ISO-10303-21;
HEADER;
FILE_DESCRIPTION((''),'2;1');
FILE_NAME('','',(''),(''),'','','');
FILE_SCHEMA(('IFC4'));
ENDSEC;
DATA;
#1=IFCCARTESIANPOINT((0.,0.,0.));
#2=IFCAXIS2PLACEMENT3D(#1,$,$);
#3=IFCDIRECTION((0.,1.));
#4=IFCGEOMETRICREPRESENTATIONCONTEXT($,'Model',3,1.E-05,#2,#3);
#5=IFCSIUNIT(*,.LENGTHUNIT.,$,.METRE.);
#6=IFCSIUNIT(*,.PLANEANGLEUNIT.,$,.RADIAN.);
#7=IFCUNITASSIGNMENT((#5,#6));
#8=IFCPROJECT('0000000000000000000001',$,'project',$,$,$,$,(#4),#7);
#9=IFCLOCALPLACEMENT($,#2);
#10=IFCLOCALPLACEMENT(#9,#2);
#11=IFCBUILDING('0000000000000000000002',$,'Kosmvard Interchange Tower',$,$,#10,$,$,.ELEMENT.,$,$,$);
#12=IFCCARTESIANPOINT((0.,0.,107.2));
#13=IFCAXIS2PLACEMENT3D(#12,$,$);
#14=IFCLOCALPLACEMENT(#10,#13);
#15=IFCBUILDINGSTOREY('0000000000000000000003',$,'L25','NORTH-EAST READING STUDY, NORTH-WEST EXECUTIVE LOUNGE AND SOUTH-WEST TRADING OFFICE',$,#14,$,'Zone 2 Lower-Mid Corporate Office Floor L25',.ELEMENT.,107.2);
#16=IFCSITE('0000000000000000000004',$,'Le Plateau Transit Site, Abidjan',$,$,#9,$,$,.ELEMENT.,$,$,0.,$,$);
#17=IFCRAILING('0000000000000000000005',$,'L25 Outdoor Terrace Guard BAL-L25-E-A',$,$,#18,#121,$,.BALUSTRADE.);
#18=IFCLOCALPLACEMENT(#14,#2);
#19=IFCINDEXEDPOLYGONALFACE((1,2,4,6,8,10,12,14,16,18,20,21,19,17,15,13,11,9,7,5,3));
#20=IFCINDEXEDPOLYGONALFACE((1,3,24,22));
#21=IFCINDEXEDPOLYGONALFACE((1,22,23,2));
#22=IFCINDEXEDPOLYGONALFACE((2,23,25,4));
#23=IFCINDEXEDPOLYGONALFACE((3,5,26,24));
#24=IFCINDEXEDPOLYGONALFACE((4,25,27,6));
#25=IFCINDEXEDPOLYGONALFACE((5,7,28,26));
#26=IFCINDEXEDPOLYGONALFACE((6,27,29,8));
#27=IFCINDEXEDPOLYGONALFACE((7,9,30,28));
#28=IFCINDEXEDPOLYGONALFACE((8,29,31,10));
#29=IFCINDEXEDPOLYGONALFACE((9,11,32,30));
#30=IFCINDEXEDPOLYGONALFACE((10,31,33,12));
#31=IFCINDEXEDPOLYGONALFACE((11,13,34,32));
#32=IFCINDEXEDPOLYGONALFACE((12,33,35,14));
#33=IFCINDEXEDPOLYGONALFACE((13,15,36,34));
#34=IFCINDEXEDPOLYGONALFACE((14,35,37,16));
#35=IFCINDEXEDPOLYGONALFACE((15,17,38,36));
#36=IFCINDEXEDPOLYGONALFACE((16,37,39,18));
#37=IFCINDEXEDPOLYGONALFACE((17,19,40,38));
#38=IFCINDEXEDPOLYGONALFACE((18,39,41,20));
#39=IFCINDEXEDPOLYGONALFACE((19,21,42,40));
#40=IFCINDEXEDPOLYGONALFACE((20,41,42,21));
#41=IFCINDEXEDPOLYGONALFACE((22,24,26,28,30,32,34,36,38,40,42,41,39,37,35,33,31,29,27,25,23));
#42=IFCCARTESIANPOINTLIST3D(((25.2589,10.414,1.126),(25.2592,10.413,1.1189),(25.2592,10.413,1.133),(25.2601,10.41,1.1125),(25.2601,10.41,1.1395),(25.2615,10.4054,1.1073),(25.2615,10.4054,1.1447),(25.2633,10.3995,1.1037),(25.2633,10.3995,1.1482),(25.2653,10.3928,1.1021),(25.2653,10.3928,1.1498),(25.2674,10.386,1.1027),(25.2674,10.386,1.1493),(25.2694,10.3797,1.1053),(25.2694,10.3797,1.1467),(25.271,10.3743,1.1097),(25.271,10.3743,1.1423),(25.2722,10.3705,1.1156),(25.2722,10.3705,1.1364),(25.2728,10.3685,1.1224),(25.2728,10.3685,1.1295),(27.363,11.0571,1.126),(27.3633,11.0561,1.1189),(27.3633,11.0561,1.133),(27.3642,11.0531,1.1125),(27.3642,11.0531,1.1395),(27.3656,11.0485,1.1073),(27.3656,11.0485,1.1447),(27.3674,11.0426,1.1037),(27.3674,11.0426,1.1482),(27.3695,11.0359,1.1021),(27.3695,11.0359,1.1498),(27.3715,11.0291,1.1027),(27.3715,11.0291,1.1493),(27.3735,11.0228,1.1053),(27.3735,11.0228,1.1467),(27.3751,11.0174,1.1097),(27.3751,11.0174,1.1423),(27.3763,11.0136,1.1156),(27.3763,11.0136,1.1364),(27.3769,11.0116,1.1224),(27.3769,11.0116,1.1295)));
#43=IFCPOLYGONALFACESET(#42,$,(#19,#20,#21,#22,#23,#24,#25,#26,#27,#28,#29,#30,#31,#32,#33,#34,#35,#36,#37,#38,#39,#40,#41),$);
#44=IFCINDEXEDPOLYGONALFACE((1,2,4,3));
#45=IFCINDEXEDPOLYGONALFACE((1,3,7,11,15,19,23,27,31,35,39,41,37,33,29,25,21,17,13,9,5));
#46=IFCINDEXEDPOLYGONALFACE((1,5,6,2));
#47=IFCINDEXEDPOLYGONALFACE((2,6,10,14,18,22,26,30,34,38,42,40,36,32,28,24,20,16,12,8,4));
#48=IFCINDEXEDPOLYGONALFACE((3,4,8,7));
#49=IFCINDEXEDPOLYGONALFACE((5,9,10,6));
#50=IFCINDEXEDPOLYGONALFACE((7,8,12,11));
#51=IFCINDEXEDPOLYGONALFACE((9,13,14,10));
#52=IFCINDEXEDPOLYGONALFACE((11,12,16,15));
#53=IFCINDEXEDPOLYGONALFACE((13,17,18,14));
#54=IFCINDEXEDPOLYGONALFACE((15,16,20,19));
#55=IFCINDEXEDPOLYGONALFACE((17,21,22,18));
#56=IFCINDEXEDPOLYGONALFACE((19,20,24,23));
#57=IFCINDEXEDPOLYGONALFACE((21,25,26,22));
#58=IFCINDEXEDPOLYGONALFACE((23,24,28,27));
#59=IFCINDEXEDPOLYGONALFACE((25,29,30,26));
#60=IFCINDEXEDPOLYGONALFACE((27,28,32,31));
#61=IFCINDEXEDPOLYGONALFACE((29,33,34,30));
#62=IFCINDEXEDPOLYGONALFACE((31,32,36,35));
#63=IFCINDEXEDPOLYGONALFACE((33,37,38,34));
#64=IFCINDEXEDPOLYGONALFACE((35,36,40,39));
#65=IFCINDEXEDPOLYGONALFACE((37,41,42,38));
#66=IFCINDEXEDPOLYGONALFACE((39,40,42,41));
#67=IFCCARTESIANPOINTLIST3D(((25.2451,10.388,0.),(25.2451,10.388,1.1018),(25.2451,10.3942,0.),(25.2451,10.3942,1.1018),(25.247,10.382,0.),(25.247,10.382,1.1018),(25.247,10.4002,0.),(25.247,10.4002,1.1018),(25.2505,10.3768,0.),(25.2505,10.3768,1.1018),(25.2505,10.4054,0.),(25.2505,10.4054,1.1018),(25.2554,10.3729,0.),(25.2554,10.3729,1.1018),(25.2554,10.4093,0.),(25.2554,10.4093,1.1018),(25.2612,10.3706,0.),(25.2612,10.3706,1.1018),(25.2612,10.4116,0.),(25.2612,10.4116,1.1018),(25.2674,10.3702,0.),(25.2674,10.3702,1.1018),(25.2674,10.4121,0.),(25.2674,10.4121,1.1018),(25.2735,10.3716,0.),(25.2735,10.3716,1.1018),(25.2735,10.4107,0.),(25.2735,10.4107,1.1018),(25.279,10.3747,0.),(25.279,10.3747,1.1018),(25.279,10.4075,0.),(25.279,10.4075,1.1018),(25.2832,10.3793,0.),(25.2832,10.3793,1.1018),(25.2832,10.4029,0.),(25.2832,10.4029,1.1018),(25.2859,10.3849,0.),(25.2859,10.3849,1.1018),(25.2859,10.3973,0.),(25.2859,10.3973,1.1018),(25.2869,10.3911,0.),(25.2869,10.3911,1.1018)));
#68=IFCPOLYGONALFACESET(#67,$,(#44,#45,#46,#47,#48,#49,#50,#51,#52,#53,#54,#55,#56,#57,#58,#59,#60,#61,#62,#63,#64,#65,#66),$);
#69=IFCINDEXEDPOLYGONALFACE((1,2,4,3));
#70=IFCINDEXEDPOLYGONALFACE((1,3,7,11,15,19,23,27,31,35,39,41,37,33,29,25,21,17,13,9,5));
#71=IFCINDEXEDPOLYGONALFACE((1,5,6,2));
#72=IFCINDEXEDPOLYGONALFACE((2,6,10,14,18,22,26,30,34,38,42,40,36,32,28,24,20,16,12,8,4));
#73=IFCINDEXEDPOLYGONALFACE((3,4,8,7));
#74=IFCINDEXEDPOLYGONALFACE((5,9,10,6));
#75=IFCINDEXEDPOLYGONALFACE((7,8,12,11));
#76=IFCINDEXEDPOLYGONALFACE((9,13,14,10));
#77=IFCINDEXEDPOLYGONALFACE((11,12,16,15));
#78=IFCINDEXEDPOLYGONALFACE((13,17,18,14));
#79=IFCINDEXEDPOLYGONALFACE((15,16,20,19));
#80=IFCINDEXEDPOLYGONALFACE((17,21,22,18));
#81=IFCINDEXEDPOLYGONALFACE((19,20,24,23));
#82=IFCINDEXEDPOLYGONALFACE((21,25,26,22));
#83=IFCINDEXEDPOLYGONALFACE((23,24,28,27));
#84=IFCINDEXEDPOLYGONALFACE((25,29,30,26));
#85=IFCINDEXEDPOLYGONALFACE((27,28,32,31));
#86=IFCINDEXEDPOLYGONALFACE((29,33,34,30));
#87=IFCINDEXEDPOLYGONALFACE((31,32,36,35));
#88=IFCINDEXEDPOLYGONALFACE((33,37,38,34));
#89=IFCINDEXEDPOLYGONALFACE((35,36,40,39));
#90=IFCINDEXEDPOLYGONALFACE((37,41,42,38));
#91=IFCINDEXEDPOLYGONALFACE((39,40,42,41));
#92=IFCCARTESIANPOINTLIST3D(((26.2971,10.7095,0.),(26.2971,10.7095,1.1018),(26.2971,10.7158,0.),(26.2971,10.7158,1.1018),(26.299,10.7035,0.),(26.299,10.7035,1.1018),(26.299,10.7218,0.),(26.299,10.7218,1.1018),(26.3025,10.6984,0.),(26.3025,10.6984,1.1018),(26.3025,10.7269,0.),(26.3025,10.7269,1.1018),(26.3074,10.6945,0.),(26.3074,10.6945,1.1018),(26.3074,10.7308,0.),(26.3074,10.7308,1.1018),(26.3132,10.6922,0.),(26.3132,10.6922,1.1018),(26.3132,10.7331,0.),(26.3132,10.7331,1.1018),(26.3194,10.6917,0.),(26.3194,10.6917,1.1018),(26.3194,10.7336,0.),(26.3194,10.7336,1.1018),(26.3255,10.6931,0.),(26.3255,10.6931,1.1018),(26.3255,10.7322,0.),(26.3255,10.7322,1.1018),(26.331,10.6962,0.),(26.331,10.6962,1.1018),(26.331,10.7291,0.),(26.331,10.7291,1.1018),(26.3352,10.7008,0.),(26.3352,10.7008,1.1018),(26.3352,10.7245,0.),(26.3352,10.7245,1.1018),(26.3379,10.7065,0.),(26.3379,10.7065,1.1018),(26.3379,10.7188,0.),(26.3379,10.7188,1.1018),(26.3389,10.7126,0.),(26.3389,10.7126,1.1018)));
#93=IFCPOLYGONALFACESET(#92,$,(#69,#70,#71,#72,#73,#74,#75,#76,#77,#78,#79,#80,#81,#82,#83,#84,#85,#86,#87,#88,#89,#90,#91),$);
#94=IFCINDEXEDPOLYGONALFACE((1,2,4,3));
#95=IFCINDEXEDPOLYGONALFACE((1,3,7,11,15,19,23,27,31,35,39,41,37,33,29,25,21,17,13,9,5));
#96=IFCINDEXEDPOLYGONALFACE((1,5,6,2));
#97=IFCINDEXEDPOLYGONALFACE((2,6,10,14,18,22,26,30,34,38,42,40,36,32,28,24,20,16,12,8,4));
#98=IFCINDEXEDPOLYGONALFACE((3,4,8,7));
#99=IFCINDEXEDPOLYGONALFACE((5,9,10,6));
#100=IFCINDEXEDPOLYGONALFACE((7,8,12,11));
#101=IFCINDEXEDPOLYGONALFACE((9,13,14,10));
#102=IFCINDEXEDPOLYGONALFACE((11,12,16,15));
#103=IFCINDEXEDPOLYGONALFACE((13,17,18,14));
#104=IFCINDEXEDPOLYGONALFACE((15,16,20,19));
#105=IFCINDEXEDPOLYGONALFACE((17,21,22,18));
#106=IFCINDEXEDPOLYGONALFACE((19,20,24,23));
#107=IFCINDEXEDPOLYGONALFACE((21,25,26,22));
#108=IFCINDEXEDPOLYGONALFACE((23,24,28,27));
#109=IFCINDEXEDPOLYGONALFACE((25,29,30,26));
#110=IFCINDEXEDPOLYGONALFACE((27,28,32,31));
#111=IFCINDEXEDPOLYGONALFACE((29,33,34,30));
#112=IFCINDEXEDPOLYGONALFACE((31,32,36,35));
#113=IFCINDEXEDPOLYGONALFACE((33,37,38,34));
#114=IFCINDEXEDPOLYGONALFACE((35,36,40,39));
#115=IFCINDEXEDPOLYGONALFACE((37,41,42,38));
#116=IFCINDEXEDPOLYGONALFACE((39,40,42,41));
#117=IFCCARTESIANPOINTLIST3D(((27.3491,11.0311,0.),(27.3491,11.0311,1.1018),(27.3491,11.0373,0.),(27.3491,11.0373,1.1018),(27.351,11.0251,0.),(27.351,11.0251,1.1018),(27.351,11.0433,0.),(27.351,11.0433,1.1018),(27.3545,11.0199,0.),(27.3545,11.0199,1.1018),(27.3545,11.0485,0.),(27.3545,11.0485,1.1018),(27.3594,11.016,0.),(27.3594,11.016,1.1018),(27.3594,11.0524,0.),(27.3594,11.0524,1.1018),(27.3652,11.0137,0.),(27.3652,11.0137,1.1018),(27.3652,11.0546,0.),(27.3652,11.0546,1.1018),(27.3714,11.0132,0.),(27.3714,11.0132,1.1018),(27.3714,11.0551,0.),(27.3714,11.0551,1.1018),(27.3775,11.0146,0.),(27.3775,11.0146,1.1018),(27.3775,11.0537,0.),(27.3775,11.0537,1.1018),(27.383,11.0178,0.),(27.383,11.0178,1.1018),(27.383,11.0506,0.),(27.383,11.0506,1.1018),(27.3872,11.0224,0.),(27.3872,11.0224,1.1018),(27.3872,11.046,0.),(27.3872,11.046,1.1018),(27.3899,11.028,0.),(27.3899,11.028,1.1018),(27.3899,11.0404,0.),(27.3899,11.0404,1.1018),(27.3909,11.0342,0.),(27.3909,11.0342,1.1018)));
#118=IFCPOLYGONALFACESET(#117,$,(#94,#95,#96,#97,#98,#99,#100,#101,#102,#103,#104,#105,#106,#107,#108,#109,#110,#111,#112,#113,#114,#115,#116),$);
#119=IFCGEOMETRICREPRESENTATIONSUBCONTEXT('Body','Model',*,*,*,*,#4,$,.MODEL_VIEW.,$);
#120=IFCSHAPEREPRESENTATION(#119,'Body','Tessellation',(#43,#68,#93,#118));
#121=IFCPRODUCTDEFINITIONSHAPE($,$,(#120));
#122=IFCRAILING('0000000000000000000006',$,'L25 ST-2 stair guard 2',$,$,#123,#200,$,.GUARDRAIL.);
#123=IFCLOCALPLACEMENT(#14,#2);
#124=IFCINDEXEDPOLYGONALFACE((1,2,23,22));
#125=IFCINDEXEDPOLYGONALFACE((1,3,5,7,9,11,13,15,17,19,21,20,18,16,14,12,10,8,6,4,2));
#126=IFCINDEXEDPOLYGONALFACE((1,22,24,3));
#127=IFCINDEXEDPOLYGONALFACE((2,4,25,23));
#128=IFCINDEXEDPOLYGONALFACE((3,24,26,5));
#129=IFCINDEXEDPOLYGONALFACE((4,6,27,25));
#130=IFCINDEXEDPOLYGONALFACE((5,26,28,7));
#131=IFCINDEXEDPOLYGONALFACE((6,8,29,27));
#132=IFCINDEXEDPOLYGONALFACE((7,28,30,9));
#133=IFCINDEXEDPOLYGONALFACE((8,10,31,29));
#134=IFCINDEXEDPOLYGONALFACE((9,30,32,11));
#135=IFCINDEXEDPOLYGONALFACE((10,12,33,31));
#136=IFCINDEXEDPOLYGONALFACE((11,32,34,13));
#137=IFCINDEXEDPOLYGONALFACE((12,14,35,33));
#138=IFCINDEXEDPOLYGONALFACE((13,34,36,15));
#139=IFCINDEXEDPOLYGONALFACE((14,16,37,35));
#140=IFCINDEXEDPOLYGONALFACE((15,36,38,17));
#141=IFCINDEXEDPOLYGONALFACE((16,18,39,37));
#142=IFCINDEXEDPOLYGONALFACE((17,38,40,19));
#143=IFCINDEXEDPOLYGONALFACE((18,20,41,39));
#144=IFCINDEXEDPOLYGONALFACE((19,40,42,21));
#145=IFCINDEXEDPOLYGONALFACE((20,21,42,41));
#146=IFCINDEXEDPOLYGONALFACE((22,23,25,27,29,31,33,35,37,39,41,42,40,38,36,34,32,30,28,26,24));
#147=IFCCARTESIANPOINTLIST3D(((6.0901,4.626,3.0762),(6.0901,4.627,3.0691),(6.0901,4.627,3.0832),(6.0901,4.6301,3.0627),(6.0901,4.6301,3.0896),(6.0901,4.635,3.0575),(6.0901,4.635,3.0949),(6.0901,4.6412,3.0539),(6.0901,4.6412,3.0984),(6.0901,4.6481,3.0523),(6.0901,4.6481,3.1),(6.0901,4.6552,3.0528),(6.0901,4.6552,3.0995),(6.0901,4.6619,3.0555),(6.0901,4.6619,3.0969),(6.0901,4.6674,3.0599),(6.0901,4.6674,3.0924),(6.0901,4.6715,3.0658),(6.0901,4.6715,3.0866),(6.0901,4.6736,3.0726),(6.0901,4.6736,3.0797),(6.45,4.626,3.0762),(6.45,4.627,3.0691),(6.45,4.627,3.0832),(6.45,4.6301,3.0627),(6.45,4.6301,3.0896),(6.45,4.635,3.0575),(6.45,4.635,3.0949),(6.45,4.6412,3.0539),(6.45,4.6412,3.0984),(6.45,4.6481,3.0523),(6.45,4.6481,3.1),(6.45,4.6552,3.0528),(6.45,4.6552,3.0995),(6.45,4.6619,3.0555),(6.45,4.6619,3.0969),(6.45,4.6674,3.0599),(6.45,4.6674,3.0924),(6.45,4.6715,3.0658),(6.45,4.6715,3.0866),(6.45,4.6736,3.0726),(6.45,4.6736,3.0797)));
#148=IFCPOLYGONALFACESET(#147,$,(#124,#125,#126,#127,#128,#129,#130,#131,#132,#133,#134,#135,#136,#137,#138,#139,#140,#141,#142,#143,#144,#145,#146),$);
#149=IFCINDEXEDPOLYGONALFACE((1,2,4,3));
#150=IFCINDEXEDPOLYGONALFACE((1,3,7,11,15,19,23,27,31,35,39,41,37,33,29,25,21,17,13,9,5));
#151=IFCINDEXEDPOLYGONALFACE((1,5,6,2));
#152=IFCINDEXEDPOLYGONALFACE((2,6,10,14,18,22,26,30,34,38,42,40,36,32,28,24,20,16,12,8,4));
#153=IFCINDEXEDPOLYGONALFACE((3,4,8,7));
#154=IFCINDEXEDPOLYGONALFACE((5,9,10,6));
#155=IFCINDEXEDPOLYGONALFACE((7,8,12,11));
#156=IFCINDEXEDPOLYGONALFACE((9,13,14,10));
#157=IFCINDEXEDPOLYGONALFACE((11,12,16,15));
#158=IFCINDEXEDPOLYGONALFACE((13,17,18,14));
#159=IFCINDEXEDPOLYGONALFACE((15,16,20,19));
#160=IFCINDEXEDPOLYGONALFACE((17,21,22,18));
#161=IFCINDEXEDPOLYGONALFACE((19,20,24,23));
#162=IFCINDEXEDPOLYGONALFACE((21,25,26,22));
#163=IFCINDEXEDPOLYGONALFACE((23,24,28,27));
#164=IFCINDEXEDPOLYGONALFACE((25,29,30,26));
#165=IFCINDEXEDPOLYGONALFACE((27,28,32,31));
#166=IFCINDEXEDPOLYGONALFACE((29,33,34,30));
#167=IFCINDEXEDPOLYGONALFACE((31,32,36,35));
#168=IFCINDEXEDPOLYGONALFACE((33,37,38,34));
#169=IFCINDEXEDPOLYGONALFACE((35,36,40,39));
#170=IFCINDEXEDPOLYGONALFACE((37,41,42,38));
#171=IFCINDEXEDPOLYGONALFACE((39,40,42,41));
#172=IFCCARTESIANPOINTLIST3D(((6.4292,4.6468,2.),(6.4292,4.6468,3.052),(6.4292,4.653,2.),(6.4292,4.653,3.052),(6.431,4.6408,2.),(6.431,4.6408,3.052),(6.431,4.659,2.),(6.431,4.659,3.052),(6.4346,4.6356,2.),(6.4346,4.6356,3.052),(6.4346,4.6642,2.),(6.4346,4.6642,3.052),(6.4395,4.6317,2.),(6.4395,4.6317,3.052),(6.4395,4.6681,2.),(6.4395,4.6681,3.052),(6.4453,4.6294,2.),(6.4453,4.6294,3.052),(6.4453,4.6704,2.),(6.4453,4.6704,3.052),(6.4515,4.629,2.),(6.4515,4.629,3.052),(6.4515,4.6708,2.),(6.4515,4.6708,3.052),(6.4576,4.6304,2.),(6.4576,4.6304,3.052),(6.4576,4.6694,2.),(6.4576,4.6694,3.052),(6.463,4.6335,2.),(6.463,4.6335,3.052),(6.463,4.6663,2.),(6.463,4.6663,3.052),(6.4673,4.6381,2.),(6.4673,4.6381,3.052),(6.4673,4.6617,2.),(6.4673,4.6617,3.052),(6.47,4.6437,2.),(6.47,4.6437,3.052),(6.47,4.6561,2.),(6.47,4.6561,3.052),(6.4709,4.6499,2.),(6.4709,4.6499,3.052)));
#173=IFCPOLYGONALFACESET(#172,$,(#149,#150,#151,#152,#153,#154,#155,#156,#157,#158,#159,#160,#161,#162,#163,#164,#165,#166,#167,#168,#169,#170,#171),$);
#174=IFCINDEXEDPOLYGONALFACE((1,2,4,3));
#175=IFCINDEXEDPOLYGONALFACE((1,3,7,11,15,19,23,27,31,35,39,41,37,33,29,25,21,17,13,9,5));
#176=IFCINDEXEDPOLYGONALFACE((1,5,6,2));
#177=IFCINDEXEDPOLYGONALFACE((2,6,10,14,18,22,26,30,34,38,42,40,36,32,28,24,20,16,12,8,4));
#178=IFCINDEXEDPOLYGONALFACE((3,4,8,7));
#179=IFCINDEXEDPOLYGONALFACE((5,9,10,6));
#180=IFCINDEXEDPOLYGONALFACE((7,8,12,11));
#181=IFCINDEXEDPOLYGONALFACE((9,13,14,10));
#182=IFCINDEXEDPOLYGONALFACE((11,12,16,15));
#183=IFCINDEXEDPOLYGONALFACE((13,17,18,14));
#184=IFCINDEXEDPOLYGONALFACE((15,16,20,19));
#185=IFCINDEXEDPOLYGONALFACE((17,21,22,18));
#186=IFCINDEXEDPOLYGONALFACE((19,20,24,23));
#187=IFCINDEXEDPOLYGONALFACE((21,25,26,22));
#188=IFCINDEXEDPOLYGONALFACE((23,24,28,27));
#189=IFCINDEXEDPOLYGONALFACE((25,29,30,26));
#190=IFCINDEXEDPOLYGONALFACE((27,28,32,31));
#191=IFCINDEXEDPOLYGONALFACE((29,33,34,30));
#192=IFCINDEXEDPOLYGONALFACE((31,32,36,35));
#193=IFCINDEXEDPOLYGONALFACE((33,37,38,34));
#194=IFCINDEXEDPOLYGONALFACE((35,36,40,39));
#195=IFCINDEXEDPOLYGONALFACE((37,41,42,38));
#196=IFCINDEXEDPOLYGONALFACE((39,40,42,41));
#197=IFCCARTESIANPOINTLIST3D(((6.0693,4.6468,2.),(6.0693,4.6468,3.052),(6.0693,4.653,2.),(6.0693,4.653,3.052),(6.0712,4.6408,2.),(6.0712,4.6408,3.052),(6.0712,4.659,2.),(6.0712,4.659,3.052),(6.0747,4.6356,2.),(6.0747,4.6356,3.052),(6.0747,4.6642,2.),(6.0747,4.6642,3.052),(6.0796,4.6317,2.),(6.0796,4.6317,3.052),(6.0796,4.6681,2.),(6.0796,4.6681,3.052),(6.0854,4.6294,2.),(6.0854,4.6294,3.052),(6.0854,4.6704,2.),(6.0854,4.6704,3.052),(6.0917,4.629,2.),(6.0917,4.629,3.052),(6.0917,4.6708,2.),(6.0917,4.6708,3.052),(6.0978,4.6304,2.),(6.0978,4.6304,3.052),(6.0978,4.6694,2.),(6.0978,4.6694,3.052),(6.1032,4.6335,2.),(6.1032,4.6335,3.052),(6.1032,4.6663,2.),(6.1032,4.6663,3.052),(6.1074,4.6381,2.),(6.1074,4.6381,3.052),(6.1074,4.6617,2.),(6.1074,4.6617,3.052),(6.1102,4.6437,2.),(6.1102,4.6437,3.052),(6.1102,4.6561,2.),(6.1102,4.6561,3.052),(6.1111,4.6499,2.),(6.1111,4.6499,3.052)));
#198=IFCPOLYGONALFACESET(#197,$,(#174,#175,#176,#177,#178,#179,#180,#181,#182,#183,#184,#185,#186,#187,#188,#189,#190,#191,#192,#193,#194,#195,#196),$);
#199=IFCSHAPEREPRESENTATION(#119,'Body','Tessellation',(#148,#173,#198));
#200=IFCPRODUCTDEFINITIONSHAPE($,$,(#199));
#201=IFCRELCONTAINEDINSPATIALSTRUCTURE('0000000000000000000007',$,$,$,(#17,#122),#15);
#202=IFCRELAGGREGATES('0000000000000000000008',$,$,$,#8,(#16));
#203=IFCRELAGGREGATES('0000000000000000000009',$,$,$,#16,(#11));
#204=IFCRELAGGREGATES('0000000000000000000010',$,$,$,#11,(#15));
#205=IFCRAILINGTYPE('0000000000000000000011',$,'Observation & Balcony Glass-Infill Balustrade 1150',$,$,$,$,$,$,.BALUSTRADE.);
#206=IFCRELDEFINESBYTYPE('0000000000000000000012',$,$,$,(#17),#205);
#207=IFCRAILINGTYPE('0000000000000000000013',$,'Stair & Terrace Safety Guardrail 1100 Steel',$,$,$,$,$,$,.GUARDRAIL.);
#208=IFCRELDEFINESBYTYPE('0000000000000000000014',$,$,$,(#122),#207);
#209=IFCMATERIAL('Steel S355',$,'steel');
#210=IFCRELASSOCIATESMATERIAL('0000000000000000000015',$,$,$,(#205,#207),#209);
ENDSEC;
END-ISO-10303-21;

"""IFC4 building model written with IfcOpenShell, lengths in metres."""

from ifc_helpers import new_model, si_unit, direction, frame, origin, origin_2d, place, context, subcontext, project, spatial, circle, extrude, source, transform, mapped, material, type_object, element, save


model = new_model("IFC4")

# Units and contexts
model_context = context("Model", 3, precision=1e-05, world=origin(), true_north=direction((0.0, 1.0)))
body_context = subcontext(model_context, "Body", "Model", "MODEL_VIEW")
ifc_project = project(units=[si_unit("LENGTHUNIT", "METRE"), si_unit("PLANEANGLEUNIT", "RADIAN")], contexts=[model_context])

# Site, building, storey
site_placement = place(None, origin())
site = spatial("IfcSite", under=ifc_project, at=site_placement, Name="Le Plateau Transit Site, Abidjan", CompositionType="ELEMENT", RefElevation=0.0)
building_placement = place(site_placement, origin())
building = spatial("IfcBuilding", under=site, at=building_placement, Name="Kosmvard Interchange Tower", CompositionType="ELEMENT")
storey_placement = place(building_placement, frame((0.0, 0.0, 107.2)))
storey = spatial("IfcBuildingStorey", under=building, at=storey_placement, Name="L25", Description="NORTH-EAST READING STUDY, NORTH-WEST EXECUTIVE LOUNGE AND SOUTH-WEST TRADING OFFICE", LongName="Zone 2 Lower-Mid Corporate Office Floor L25", CompositionType="ELEMENT", Elevation=107.2)

# Shared definitions
ifc_material_1 = material(Name="Steel S355", Category="steel")

# Railings
railing_type_1 = type_object("IfcRailingType", Name="Observation & Balcony Glass-Infill Balustrade 1150", PredefinedType="BALUSTRADE", material=ifc_material_1)
shared_shape_1 = source(origin(), body_context, "Body", "SweptSolid", [
    extrude(circle(Radius=0.0239, at=origin_2d()), frame((0.0, 0.0, 1.126), z_axis=(0.956329, 0.292292, 0.0), x_axis=(-0.292292, 0.956329, 0.0)), (0.0, 0.0, 1.0), 2.2002),
    extrude(circle(Radius=0.021, at=origin_2d()), origin(), (0.0, 0.0, 1.0), 1.1018),
    extrude(circle(Radius=0.021, at=origin_2d()), frame((1.052, 0.3215, 0.0)), (0.0, 0.0, 1.0), 1.1018),
    extrude(circle(Radius=0.021, at=origin_2d()), frame((2.104, 0.6431, 0.0)), (0.0, 0.0, 1.0), 1.1018),
])
railing_1_placement = place(storey_placement, frame((25.2659, 10.3911, 0.0)))
element("IfcRailing", 1, at=railing_1_placement, inside=storey, type_object=railing_type_1, Name="L25 Outdoor Terrace Guard BAL-L25-E-A", PredefinedType="BALUSTRADE", context=body_context, shape_type="MappedRepresentation", body=[
    mapped(shared_shape_1, transform((0.0, 0.0, 0.0), scale=1.0)),
])
railing_type_2 = type_object("IfcRailingType", Name="Stair & Terrace Safety Guardrail 1100 Steel", PredefinedType="GUARDRAIL", material=ifc_material_1)
shared_shape_2 = source(origin(), body_context, "Body", "SweptSolid", [
    extrude(circle(Radius=0.0239, at=origin_2d()), frame((0.0, 0.0, 1.0762), z_axis=(-1.0, 0.0, 0.0), x_axis=(0.0, -1.0, 0.0)), (0.0, 0.0, 1.0), 0.3599),
    extrude(circle(Radius=0.021, at=origin_2d()), origin(), (0.0, 0.0, 1.0), 1.052),
    extrude(circle(Radius=0.021, at=origin_2d()), frame((-0.3599, 0.0, 0.0)), (0.0, 0.0, 1.0), 1.052),
])
for number, where, name in (
    (2, (6.45, 4.6499, 2.0), "L25 ST-2 stair guard 2"),
):
    element("IfcRailing", number, at=place(storey_placement, frame(where)), inside=storey, type_object=railing_type_2, Name=name, PredefinedType="GUARDRAIL", context=body_context, shape_type="MappedRepresentation", body=[
        mapped(shared_shape_2, transform((0.0, 0.0, 0.0), scale=1.0)),
    ])

save(model, "model.ifc")
